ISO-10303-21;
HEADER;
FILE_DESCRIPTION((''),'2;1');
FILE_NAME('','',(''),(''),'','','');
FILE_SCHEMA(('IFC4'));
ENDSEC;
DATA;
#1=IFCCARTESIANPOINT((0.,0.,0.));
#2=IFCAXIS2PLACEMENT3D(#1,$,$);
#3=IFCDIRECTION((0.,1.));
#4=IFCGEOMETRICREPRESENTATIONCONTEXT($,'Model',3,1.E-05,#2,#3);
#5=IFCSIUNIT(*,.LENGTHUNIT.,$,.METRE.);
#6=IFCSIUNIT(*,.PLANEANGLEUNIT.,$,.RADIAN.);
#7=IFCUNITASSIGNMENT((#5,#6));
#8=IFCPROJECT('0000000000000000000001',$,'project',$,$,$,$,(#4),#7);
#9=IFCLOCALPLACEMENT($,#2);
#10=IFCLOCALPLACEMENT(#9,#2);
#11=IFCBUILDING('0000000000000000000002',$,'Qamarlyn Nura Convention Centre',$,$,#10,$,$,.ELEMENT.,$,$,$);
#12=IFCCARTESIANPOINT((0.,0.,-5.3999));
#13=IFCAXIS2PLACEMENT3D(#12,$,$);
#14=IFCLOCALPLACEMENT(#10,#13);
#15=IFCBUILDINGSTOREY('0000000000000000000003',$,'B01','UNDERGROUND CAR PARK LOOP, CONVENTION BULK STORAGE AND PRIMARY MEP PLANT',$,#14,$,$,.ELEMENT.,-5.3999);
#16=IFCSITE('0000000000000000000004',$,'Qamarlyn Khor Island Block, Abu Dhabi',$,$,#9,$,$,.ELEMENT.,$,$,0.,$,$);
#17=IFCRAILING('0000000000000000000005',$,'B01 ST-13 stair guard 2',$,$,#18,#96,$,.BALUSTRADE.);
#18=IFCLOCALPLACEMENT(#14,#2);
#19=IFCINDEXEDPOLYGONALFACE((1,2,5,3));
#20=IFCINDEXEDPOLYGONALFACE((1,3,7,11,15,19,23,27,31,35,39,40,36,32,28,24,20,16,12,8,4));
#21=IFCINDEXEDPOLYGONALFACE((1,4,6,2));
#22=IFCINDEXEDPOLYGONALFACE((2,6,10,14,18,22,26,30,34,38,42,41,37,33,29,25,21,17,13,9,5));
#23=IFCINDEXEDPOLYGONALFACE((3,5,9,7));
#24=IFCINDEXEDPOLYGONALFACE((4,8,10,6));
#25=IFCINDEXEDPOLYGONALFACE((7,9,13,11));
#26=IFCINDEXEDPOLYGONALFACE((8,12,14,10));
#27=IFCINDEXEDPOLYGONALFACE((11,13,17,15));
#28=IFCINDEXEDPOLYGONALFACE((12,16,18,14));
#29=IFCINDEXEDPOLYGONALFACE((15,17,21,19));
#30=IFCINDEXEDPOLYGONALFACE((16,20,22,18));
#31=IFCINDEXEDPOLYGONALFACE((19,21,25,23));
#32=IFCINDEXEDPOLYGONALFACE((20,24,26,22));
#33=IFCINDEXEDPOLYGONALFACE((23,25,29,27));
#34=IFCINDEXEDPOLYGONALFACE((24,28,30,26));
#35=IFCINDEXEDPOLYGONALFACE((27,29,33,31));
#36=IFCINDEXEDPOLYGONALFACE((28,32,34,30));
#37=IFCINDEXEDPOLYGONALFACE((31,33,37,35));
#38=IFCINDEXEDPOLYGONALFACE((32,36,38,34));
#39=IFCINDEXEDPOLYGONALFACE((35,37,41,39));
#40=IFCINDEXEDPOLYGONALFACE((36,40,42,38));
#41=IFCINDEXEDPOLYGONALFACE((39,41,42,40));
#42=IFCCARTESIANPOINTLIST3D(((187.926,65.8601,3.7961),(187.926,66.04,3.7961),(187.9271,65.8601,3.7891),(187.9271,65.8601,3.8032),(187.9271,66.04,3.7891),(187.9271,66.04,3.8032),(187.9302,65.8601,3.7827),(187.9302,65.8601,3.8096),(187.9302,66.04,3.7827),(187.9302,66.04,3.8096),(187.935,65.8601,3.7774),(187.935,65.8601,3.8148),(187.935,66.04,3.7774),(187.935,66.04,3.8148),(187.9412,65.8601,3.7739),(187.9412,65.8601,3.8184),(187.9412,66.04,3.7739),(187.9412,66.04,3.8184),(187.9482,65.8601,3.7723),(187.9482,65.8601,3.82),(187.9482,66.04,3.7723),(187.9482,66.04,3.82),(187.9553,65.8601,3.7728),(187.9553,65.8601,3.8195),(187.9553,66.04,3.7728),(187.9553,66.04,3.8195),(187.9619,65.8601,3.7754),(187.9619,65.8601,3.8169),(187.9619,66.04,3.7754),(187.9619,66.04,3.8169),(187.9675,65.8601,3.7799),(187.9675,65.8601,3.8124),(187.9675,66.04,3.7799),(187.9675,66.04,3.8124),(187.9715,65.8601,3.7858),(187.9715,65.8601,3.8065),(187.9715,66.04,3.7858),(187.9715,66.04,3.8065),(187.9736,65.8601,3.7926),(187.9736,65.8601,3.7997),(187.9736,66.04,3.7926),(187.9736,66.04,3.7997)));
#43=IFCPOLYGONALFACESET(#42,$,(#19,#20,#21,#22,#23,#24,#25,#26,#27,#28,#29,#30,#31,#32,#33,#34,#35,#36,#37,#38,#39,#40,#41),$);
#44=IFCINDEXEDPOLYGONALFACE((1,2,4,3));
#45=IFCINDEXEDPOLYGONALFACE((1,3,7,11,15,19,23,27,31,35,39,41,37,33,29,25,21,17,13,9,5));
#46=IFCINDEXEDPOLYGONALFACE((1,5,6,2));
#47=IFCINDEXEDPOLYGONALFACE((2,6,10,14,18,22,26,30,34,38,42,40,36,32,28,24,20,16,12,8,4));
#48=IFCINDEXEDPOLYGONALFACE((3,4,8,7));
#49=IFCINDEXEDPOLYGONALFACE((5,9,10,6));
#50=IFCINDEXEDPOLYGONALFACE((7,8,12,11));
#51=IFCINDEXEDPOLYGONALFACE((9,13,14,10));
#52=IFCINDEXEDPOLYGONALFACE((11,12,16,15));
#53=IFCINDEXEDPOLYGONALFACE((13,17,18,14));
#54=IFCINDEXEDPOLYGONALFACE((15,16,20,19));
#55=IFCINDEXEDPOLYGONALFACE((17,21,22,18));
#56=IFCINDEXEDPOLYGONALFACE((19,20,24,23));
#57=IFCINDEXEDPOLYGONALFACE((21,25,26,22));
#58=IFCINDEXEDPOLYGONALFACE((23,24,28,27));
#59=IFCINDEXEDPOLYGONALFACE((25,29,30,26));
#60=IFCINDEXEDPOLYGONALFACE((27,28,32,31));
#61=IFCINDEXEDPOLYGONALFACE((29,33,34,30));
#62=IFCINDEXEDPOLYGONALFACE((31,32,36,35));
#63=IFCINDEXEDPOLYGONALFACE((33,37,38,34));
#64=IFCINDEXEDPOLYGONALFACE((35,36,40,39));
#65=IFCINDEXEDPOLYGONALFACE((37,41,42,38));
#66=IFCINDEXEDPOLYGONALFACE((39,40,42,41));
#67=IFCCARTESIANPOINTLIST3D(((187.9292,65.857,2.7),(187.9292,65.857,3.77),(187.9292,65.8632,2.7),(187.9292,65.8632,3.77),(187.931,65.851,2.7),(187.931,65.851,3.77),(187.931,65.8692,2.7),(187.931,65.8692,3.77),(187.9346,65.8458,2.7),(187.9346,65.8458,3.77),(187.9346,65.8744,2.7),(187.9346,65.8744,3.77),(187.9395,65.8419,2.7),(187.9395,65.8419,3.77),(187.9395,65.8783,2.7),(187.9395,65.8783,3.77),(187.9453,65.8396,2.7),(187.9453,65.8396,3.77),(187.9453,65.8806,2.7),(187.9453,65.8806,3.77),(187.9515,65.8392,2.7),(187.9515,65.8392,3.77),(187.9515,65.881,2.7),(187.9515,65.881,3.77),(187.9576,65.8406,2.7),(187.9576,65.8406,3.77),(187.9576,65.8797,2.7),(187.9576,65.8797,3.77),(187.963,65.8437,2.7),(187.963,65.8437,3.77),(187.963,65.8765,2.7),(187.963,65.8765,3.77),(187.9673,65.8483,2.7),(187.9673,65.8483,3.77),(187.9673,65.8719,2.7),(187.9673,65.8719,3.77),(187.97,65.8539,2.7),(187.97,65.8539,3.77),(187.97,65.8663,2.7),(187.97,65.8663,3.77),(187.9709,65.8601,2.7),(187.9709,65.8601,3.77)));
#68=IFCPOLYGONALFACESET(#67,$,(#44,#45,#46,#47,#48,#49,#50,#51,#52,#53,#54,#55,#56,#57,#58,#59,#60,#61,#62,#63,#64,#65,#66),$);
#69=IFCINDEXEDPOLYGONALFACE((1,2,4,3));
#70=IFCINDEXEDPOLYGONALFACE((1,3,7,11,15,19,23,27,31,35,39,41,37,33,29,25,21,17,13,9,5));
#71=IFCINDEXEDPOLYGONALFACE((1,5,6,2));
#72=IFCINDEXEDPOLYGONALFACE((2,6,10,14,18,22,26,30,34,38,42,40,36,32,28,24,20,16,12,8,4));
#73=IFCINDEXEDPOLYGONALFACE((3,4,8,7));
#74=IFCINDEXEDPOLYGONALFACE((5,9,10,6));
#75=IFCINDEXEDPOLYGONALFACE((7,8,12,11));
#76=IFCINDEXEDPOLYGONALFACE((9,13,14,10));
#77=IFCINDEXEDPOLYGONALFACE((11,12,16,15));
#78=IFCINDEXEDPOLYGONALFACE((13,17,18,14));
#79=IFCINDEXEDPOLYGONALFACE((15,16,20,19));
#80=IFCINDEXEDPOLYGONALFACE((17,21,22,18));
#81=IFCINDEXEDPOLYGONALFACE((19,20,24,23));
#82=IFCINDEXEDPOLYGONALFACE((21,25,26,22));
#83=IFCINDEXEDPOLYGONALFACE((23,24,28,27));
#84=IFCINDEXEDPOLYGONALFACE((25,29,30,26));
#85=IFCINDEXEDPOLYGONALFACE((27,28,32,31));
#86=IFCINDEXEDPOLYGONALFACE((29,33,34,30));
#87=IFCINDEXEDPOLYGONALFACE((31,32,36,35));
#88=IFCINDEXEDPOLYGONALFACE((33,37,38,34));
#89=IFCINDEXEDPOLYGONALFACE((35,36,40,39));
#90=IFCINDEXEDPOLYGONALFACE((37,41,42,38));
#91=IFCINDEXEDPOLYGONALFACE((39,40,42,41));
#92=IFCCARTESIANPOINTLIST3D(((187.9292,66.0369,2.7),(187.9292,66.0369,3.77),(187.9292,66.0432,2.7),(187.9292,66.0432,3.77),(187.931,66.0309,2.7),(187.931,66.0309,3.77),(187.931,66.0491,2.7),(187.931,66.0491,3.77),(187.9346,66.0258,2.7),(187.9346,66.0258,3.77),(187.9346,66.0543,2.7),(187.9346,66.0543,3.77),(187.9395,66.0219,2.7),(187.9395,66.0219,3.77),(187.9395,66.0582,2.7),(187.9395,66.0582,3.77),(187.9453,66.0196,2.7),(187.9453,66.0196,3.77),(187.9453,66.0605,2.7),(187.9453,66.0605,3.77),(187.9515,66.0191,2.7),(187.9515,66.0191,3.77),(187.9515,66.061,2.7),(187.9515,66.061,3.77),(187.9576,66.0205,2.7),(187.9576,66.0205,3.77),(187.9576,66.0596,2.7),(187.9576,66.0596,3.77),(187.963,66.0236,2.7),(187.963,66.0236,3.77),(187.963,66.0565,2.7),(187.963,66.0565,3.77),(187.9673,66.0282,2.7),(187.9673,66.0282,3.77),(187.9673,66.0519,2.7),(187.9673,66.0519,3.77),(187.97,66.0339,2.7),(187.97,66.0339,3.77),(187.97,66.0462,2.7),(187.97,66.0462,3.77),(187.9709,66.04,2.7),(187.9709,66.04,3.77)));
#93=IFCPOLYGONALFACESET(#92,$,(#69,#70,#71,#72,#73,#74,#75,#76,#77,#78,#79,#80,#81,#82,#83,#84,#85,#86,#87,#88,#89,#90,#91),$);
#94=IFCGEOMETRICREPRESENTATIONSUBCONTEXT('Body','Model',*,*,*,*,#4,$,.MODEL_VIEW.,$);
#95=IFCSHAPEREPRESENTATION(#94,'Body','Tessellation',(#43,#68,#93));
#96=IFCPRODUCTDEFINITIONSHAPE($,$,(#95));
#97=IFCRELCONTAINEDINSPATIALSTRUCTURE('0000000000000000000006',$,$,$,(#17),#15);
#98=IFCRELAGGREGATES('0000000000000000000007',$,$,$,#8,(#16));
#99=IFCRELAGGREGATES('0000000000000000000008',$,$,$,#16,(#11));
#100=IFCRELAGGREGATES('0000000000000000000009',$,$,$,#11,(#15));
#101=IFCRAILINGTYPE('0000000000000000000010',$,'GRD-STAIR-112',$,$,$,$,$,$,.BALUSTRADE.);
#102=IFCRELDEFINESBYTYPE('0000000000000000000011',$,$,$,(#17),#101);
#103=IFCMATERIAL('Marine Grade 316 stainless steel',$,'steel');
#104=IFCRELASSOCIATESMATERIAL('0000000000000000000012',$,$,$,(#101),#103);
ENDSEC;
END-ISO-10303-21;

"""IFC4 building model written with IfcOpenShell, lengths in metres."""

from ifc_helpers import new_model, si_unit, direction, frame, origin, origin_2d, place, context, subcontext, project, spatial, circle, extrude, material, type_object, element, save


model = new_model("IFC4")

# Units and contexts
model_context = context("Model", 3, precision=1e-05, world=origin(), true_north=direction((0.0, 1.0)))
body_context = subcontext(model_context, "Body", "Model", "MODEL_VIEW")
ifc_project = project(units=[si_unit("LENGTHUNIT", "METRE"), si_unit("PLANEANGLEUNIT", "RADIAN")], contexts=[model_context])

# Site, building, storey
site_placement = place(None, origin())
site = spatial("IfcSite", under=ifc_project, at=site_placement, Name="Qamarlyn Khor Island Block, Abu Dhabi", CompositionType="ELEMENT", RefElevation=0.0)
building_placement = place(site_placement, origin())
building = spatial("IfcBuilding", under=site, at=building_placement, Name="Qamarlyn Nura Convention Centre", CompositionType="ELEMENT")
storey_placement = place(building_placement, frame((0.0, 0.0, -5.3999)))
storey = spatial("IfcBuildingStorey", under=building, at=storey_placement, Name="B01", Description="UNDERGROUND CAR PARK LOOP, CONVENTION BULK STORAGE AND PRIMARY MEP PLANT", CompositionType="ELEMENT", Elevation=-5.3999)

# Railing
ifc_material_1 = material(Name="Marine Grade 316 stainless steel", Category="steel")
railing_type_1 = type_object("IfcRailingType", Name="GRD-STAIR-112", PredefinedType="BALUSTRADE", material=ifc_material_1)
railing_1_placement = place(storey_placement, frame((187.95, 65.8601, 2.7)))
element("IfcRailing", 1, at=railing_1_placement, inside=storey, type_object=railing_type_1, Name="B01 ST-13 stair guard 2", PredefinedType="BALUSTRADE", context=body_context, shape_type="SweptSolid", body=[
    extrude(circle(Radius=0.0239, at=origin_2d()), frame((0.0, 0.0, 1.0962), z_axis=(0.0, 1.0, 0.0), x_axis=(-1.0, 0.0, 0.0)), (0.0, 0.0, 1.0), 0.1799),
    extrude(circle(Radius=0.021, at=origin_2d()), origin(), (0.0, 0.0, 1.0), 1.0701),
    extrude(circle(Radius=0.021, at=origin_2d()), frame((0.0, 0.1799, 0.0)), (0.0, 0.0, 1.0), 1.0701),
])

save(model, "model.ifc")
